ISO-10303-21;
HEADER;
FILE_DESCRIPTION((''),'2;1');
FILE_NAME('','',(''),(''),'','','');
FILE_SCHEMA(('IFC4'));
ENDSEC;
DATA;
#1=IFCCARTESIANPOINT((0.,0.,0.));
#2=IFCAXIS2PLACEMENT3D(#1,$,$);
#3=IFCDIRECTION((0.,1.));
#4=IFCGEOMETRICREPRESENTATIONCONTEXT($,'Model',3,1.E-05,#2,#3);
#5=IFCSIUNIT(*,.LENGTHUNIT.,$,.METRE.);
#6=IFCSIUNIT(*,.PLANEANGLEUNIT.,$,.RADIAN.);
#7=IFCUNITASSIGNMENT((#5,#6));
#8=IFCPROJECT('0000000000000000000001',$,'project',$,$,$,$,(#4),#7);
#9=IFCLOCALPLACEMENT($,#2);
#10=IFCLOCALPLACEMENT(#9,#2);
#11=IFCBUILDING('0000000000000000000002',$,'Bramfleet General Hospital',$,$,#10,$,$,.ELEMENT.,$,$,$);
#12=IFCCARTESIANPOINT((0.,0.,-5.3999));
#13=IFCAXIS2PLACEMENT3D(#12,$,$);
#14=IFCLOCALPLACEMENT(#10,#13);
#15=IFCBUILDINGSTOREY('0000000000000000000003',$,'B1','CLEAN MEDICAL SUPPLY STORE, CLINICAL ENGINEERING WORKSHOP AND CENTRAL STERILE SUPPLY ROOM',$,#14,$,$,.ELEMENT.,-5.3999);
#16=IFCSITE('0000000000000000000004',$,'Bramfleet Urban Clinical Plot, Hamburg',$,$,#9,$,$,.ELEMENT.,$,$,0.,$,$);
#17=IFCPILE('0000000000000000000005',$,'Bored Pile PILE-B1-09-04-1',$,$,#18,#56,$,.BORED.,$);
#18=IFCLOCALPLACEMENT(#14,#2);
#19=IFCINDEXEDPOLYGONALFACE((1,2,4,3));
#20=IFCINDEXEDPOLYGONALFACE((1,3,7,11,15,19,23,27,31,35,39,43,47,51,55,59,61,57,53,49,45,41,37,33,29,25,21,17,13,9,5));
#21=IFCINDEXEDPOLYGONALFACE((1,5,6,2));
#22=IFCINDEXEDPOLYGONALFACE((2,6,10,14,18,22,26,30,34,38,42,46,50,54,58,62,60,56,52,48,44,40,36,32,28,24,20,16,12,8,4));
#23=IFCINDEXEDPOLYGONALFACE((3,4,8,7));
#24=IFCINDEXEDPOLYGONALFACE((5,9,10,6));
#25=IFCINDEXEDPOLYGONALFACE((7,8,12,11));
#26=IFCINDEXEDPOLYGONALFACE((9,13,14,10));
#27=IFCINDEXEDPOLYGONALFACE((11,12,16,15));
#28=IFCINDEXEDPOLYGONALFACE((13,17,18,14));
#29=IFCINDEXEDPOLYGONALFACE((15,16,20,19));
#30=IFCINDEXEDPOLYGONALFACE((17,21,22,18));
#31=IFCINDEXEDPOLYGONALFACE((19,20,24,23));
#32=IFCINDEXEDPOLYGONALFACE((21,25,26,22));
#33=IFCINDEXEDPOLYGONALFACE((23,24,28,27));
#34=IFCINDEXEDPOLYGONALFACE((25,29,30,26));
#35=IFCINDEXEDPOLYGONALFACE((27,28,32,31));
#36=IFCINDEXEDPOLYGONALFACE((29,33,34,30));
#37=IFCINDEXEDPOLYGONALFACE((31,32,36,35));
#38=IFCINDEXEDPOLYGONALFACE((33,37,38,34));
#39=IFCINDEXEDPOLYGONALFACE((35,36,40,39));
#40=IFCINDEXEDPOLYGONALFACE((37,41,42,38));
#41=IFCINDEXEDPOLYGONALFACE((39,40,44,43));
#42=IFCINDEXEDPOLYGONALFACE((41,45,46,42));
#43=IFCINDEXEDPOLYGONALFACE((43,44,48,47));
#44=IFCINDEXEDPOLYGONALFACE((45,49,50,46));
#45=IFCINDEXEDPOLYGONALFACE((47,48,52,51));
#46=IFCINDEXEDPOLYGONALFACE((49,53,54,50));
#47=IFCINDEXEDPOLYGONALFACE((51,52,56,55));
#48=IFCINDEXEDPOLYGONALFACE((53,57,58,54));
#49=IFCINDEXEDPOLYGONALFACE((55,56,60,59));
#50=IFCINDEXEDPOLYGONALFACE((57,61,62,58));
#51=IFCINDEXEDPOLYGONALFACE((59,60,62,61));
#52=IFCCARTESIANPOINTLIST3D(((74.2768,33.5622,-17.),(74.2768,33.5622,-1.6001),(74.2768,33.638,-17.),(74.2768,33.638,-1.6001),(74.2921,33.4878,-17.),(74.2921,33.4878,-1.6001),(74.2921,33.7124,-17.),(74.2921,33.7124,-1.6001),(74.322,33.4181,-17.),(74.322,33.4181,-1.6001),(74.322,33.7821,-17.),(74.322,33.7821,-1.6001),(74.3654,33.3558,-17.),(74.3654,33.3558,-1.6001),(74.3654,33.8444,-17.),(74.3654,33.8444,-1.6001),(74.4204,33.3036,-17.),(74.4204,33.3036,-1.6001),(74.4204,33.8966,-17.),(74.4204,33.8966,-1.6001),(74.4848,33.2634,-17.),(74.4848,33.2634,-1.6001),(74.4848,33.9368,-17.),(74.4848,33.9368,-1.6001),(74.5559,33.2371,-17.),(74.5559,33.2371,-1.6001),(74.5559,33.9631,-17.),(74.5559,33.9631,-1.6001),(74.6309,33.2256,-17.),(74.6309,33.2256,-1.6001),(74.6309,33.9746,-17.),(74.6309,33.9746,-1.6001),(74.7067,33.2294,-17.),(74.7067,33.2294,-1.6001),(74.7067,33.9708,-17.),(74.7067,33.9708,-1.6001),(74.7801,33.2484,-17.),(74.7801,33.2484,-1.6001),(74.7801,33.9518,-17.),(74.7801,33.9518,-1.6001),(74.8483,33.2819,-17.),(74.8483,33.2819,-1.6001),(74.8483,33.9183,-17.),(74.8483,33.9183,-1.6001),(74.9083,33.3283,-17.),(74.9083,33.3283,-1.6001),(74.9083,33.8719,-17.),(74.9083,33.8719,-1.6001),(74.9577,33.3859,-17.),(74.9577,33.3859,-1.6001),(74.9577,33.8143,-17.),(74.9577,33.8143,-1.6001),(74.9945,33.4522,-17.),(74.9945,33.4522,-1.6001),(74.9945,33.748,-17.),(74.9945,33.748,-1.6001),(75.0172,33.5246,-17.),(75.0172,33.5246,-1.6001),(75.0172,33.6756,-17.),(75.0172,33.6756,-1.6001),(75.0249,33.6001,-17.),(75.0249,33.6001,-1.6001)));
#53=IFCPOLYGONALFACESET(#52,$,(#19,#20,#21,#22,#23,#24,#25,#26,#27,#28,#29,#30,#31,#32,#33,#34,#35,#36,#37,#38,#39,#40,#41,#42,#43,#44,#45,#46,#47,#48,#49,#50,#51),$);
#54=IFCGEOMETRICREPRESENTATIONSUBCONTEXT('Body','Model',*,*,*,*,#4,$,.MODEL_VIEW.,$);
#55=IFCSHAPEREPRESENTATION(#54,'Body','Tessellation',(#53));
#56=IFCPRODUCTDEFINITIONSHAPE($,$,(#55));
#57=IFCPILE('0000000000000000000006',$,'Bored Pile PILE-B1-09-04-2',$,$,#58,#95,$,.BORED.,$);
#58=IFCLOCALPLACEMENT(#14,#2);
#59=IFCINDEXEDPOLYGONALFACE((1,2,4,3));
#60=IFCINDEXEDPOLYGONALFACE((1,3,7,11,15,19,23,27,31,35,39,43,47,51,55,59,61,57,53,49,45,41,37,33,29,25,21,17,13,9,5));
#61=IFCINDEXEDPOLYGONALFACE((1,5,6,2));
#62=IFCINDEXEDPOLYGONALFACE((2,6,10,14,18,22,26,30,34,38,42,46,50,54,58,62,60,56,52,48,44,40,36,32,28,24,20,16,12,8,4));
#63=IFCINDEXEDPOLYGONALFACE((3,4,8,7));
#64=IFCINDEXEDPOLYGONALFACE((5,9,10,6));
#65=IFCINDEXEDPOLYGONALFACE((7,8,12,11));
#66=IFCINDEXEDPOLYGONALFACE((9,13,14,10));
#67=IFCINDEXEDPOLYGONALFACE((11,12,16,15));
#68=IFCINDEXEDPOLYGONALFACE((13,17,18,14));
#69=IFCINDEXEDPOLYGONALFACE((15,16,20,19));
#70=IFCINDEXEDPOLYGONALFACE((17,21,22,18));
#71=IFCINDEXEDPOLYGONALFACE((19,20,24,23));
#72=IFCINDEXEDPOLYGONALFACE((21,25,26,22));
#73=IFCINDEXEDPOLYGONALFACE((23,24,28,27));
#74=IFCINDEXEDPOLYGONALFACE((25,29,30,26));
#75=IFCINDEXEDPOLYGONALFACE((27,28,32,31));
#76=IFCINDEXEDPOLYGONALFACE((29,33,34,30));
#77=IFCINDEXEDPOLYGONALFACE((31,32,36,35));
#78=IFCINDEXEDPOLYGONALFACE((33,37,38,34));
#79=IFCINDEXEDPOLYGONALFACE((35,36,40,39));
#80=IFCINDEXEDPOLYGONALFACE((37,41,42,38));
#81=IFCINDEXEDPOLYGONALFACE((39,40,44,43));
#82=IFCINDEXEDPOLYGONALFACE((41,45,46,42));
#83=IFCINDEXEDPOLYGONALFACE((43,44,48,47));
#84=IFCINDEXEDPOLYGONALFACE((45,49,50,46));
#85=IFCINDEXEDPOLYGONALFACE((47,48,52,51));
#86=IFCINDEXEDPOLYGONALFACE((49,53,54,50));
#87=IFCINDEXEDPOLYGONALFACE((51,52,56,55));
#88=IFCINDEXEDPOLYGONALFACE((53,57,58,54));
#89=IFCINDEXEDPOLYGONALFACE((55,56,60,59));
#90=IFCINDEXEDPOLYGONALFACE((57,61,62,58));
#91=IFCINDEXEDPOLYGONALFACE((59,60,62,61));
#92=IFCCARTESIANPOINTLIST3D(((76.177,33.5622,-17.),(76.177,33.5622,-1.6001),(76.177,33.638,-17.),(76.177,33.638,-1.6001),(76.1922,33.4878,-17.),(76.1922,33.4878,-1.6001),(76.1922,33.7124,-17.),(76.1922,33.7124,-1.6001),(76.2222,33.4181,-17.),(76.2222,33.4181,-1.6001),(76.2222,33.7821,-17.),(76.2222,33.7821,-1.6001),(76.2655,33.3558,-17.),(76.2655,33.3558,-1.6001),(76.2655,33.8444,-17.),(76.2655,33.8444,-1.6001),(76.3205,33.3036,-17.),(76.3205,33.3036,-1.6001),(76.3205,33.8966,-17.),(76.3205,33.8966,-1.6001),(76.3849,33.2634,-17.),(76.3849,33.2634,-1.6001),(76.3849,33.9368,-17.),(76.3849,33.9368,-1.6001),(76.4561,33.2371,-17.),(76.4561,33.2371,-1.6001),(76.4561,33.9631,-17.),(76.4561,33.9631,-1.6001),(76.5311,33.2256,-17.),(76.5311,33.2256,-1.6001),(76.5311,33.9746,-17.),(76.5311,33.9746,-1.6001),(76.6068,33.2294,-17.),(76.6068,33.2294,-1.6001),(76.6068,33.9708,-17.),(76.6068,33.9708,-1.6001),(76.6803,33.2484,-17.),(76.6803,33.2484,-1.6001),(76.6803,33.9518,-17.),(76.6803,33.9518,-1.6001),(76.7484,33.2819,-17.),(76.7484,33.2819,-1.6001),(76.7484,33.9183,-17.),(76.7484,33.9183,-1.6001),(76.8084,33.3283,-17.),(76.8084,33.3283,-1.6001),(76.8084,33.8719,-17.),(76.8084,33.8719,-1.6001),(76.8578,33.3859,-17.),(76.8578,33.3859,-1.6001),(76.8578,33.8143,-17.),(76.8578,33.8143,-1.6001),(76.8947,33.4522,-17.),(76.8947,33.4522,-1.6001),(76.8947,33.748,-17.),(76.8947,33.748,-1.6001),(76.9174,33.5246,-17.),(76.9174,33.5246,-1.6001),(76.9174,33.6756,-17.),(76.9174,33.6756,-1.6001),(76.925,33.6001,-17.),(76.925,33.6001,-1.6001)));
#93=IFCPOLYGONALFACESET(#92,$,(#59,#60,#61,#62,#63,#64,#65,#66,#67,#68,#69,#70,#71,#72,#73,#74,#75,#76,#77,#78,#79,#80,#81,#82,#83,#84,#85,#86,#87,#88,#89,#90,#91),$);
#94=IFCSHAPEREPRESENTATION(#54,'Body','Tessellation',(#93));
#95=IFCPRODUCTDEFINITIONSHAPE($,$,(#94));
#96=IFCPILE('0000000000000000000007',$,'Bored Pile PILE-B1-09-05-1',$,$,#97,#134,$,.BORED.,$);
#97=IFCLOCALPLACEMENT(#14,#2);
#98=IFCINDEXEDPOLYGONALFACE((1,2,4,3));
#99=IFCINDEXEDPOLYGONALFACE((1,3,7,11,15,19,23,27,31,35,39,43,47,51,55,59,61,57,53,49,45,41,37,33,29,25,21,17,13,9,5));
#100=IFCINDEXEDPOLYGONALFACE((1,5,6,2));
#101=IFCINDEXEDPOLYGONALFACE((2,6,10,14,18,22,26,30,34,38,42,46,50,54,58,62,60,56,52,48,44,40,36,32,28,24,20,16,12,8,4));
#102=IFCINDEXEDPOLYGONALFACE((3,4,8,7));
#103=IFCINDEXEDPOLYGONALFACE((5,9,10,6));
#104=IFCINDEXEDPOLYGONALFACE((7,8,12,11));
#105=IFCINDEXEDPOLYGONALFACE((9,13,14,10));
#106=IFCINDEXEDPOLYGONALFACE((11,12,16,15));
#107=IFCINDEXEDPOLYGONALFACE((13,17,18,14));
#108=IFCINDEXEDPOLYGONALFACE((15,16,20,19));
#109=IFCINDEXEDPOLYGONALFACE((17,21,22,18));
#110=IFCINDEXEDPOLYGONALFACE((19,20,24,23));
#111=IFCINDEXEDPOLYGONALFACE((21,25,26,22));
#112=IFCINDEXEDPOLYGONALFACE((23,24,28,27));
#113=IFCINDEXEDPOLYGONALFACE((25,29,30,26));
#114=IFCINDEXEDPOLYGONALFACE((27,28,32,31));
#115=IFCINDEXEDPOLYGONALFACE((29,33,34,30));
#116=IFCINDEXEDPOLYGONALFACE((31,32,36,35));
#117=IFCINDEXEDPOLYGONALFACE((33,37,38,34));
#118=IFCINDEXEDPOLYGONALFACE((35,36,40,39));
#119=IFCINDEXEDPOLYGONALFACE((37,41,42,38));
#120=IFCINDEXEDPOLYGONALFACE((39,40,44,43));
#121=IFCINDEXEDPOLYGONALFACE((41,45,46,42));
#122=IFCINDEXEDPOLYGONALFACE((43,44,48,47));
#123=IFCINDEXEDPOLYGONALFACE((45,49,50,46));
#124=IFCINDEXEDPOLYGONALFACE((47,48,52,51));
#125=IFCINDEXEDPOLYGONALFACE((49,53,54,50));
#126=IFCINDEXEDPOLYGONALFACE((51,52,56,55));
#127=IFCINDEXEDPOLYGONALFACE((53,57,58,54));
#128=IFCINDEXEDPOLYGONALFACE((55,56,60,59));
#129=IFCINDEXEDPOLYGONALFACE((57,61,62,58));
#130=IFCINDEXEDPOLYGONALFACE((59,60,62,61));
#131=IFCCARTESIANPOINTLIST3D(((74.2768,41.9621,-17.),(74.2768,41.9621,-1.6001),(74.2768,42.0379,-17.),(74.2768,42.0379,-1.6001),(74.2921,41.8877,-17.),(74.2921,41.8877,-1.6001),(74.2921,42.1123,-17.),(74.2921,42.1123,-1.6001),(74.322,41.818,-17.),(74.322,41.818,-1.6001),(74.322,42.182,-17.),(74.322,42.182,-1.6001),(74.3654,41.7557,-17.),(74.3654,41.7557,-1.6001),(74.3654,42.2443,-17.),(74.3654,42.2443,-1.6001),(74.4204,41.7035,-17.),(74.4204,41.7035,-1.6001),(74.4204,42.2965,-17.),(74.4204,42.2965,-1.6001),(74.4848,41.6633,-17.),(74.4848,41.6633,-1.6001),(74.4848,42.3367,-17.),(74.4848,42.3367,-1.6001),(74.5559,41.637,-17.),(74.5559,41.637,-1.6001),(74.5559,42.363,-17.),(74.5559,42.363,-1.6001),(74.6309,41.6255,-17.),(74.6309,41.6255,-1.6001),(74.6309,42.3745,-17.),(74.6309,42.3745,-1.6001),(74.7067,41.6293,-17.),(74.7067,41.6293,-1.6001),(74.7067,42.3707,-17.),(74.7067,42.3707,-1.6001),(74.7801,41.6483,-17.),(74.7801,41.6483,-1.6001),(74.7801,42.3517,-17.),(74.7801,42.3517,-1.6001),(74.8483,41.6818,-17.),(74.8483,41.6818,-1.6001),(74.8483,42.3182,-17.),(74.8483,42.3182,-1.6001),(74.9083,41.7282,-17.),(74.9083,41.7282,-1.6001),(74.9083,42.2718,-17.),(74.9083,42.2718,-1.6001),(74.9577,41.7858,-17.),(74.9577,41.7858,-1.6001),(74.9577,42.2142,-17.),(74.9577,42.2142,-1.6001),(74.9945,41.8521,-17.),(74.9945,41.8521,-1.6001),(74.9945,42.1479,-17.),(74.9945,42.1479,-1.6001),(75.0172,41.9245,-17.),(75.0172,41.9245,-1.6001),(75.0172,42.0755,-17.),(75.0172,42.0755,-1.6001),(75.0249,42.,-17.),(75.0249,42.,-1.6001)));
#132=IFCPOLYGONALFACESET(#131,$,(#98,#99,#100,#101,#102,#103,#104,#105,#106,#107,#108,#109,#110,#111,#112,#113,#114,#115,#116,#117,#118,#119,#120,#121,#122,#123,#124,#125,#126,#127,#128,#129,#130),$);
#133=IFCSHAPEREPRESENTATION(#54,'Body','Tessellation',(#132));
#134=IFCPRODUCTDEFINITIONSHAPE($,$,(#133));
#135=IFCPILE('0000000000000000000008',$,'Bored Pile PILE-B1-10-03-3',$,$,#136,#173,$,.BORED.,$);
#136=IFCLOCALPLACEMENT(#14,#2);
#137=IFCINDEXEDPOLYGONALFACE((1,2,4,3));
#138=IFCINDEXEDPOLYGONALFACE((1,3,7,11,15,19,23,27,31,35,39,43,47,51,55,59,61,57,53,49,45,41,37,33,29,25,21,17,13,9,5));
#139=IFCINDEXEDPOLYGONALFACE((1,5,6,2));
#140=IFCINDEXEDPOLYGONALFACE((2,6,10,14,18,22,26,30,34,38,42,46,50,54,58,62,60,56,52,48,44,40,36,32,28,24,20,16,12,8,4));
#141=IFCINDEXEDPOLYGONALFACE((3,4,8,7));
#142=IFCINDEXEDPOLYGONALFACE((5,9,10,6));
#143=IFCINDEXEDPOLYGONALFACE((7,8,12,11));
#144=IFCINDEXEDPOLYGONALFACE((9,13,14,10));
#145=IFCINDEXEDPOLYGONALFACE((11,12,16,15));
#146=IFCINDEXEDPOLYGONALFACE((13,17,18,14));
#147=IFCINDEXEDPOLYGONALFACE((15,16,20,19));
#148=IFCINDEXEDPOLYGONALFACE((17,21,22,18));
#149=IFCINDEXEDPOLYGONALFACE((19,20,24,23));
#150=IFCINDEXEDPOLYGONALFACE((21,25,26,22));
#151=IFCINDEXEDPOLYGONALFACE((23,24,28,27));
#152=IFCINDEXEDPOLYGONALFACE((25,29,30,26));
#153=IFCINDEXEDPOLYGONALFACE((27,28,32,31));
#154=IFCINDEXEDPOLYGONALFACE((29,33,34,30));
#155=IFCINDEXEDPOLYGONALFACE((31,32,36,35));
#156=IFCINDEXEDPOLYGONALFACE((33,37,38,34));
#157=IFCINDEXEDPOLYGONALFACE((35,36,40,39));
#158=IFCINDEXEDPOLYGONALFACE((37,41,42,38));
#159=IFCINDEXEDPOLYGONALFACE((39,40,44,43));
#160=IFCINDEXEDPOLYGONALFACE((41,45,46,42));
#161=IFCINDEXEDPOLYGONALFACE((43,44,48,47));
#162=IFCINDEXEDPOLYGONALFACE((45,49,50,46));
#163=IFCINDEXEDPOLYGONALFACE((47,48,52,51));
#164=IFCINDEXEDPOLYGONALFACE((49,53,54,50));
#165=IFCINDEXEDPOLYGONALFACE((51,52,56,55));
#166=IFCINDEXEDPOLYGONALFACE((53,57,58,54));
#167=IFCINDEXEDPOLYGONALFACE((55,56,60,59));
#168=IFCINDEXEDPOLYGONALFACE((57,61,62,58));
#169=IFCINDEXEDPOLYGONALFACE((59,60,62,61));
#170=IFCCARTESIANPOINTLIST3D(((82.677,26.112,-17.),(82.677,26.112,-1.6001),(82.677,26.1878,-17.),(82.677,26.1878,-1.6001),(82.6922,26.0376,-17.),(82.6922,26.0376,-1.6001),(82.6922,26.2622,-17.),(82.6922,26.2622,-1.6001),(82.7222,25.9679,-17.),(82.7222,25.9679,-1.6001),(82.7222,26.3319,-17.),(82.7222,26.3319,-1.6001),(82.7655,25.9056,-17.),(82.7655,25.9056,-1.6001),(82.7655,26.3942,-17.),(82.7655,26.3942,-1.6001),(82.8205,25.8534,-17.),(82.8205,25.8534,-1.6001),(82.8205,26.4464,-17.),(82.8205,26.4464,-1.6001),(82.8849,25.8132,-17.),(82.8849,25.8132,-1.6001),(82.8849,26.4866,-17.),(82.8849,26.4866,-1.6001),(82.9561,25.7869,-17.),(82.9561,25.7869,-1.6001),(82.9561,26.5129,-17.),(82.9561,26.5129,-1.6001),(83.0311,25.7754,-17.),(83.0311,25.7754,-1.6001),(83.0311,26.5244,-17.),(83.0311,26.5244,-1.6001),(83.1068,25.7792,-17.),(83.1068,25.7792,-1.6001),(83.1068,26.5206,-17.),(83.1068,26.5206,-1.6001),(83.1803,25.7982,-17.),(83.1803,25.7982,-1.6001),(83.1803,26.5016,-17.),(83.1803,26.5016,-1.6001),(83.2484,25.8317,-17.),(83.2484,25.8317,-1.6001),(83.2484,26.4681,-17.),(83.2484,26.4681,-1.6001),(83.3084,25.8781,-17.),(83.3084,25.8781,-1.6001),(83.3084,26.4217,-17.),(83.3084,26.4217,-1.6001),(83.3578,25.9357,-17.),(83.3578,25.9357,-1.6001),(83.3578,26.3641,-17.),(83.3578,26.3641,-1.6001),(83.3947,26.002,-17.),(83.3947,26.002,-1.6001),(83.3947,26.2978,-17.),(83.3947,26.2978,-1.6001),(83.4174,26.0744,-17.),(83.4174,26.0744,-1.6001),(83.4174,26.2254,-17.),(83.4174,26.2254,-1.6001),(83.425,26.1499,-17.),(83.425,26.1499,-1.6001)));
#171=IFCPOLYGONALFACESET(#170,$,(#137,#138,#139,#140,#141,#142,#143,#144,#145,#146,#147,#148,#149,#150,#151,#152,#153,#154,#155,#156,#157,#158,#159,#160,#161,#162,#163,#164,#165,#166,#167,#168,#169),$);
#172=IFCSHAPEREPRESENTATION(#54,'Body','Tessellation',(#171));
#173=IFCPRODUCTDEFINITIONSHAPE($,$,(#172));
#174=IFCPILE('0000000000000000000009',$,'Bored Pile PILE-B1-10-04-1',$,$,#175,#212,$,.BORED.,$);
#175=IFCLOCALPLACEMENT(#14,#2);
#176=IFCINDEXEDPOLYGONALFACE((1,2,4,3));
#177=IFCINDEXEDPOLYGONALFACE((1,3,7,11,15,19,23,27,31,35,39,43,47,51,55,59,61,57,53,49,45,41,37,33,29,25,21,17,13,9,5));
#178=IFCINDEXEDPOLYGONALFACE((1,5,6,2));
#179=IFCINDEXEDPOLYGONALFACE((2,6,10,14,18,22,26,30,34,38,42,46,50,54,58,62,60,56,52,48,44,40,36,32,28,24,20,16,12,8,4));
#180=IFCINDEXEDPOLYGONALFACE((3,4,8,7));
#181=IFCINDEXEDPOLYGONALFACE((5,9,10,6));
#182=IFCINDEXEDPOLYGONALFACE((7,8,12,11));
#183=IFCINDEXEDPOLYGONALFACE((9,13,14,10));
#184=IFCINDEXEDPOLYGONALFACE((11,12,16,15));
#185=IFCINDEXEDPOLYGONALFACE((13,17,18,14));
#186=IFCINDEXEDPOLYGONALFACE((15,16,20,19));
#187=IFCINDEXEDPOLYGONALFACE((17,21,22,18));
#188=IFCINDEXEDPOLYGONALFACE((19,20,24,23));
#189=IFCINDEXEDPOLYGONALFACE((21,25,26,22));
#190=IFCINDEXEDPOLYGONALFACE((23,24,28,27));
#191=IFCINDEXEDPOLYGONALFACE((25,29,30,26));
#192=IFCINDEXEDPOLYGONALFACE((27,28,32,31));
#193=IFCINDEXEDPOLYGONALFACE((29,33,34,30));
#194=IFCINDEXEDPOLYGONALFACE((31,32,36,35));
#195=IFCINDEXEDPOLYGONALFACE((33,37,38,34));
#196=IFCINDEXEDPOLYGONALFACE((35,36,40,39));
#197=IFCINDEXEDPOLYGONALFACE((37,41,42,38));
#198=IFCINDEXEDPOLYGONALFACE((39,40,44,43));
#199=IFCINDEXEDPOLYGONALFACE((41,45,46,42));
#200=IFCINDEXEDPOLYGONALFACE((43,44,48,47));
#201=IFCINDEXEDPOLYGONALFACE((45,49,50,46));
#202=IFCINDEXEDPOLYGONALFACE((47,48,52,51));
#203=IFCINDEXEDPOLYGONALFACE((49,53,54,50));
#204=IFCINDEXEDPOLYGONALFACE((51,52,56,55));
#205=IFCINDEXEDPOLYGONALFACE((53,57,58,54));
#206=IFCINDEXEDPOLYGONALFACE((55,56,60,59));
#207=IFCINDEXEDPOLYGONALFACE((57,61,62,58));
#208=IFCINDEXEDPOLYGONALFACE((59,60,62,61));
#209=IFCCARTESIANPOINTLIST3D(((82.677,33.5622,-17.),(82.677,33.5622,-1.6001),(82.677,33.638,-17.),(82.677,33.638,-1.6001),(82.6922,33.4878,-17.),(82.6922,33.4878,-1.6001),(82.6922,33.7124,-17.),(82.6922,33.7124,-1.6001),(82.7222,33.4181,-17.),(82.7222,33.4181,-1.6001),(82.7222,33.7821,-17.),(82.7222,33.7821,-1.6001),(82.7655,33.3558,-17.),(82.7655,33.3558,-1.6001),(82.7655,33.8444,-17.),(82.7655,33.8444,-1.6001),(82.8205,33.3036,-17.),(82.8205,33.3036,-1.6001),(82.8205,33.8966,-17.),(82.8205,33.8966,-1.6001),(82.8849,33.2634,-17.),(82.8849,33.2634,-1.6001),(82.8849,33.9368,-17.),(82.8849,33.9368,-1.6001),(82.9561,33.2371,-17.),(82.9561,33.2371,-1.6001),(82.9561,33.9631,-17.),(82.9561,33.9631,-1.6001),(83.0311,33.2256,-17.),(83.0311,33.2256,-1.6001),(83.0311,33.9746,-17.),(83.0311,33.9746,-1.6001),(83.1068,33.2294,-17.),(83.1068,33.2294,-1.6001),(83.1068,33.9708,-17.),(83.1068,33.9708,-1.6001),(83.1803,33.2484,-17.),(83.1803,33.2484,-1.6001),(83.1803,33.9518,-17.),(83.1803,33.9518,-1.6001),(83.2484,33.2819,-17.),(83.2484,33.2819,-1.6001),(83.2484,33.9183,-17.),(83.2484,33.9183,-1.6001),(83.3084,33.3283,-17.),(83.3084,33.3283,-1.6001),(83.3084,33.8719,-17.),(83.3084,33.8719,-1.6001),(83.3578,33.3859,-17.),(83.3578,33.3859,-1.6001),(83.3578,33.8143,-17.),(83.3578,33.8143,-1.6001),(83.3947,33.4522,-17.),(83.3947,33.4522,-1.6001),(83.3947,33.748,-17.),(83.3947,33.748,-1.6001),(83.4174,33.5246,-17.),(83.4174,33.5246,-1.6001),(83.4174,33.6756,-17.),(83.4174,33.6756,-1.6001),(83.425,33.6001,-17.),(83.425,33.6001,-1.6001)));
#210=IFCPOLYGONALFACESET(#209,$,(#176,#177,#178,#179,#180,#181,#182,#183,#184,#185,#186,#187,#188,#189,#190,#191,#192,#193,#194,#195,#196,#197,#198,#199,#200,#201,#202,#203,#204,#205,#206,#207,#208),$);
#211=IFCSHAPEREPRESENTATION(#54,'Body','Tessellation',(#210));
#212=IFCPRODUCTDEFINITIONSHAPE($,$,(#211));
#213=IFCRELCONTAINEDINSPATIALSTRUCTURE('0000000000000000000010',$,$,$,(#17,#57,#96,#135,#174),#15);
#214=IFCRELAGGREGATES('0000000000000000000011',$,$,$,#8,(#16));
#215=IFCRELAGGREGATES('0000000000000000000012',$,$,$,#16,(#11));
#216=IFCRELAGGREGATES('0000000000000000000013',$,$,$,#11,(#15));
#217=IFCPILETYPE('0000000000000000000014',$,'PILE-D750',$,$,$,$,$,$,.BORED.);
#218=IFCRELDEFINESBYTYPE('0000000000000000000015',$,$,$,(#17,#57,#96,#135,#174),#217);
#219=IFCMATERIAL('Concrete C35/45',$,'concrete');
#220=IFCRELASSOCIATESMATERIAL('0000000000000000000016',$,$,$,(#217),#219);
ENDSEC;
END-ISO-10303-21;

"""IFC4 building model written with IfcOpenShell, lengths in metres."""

from ifc_helpers import new_model, si_unit, direction, frame, origin, origin_2d, place, context, subcontext, project, spatial, circle, extrude, material, material_profile, profile_set, type_object, element, save


model = new_model("IFC4")

# Units and contexts
model_context = context("Model", 3, precision=1e-05, world=origin(), true_north=direction((0.0, 1.0)))
body_context = subcontext(model_context, "Body", "Model", "MODEL_VIEW")
ifc_project = project(units=[si_unit("LENGTHUNIT", "METRE"), si_unit("PLANEANGLEUNIT", "RADIAN")], contexts=[model_context])

# Site, building, storey
site_placement = place(None, origin())
site = spatial("IfcSite", under=ifc_project, at=site_placement, Name="Bramfleet Urban Clinical Plot, Hamburg", CompositionType="ELEMENT", RefElevation=0.0)
building_placement = place(site_placement, origin())
building = spatial("IfcBuilding", under=site, at=building_placement, Name="Bramfleet General Hospital", CompositionType="ELEMENT")
storey_placement = place(building_placement, frame((0.0, 0.0, -5.3999)))
storey = spatial("IfcBuildingStorey", under=building, at=storey_placement, Name="B1", Description="CLEAN MEDICAL SUPPLY STORE, CLINICAL ENGINEERING WORKSHOP AND CENTRAL STERILE SUPPLY ROOM", CompositionType="ELEMENT", Elevation=-5.3999)

# Shared definitions
ifc_material_1 = material(Name="Concrete C35/45", Category="concrete")

# Piles
ifc_material_profile_1 = material_profile(ifc_material_1, circle(Radius=0.375, at=origin_2d()), Name="PILE BORED D750")
ifc_profile_set_1 = profile_set([ifc_material_profile_1], Name="Concrete C35/45")
pile_type = type_object("IfcPileType", Name="PILE-D750", PredefinedType="BORED", material=ifc_profile_set_1)
for number, where, z_axis, x_axis, name in (
    (1, (74.6499, 33.6001, -1.6001), (0.0, 0.0, -1.0), (1.0, 0.0, 0.0), "Bored Pile PILE-B1-09-04-1"),
    (2, (76.55, 33.6001, -1.6001), (0.0, 0.0, -1.0), (1.0, 0.0, 0.0), "Bored Pile PILE-B1-09-04-2"),
    (3, (74.6499, 42.0, -1.6001), (0.0, 0.0, -1.0), (1.0, 0.0, 0.0), "Bored Pile PILE-B1-09-05-1"),
    (4, (83.05, 26.1499, -1.6001), (0.0, 0.0, -1.0), (1.0, 0.0, 0.0), "Bored Pile PILE-B1-10-03-3"),
    (5, (83.05, 33.6001, -1.6001), (0.0, 0.0, -1.0), (1.0, 0.0, 0.0), "Bored Pile PILE-B1-10-04-1"),
):
    element("IfcPile", number, at=place(storey_placement, frame(where, z_axis=z_axis, x_axis=x_axis)), inside=storey, type_object=pile_type, Name=name, PredefinedType="BORED", context=body_context, shape_type="SweptSolid", body=[
        extrude(circle(Radius=0.375, at=origin_2d()), origin(), (0.0, 0.0, 1.0), 15.3999),
    ])

save(model, "model.ifc")
